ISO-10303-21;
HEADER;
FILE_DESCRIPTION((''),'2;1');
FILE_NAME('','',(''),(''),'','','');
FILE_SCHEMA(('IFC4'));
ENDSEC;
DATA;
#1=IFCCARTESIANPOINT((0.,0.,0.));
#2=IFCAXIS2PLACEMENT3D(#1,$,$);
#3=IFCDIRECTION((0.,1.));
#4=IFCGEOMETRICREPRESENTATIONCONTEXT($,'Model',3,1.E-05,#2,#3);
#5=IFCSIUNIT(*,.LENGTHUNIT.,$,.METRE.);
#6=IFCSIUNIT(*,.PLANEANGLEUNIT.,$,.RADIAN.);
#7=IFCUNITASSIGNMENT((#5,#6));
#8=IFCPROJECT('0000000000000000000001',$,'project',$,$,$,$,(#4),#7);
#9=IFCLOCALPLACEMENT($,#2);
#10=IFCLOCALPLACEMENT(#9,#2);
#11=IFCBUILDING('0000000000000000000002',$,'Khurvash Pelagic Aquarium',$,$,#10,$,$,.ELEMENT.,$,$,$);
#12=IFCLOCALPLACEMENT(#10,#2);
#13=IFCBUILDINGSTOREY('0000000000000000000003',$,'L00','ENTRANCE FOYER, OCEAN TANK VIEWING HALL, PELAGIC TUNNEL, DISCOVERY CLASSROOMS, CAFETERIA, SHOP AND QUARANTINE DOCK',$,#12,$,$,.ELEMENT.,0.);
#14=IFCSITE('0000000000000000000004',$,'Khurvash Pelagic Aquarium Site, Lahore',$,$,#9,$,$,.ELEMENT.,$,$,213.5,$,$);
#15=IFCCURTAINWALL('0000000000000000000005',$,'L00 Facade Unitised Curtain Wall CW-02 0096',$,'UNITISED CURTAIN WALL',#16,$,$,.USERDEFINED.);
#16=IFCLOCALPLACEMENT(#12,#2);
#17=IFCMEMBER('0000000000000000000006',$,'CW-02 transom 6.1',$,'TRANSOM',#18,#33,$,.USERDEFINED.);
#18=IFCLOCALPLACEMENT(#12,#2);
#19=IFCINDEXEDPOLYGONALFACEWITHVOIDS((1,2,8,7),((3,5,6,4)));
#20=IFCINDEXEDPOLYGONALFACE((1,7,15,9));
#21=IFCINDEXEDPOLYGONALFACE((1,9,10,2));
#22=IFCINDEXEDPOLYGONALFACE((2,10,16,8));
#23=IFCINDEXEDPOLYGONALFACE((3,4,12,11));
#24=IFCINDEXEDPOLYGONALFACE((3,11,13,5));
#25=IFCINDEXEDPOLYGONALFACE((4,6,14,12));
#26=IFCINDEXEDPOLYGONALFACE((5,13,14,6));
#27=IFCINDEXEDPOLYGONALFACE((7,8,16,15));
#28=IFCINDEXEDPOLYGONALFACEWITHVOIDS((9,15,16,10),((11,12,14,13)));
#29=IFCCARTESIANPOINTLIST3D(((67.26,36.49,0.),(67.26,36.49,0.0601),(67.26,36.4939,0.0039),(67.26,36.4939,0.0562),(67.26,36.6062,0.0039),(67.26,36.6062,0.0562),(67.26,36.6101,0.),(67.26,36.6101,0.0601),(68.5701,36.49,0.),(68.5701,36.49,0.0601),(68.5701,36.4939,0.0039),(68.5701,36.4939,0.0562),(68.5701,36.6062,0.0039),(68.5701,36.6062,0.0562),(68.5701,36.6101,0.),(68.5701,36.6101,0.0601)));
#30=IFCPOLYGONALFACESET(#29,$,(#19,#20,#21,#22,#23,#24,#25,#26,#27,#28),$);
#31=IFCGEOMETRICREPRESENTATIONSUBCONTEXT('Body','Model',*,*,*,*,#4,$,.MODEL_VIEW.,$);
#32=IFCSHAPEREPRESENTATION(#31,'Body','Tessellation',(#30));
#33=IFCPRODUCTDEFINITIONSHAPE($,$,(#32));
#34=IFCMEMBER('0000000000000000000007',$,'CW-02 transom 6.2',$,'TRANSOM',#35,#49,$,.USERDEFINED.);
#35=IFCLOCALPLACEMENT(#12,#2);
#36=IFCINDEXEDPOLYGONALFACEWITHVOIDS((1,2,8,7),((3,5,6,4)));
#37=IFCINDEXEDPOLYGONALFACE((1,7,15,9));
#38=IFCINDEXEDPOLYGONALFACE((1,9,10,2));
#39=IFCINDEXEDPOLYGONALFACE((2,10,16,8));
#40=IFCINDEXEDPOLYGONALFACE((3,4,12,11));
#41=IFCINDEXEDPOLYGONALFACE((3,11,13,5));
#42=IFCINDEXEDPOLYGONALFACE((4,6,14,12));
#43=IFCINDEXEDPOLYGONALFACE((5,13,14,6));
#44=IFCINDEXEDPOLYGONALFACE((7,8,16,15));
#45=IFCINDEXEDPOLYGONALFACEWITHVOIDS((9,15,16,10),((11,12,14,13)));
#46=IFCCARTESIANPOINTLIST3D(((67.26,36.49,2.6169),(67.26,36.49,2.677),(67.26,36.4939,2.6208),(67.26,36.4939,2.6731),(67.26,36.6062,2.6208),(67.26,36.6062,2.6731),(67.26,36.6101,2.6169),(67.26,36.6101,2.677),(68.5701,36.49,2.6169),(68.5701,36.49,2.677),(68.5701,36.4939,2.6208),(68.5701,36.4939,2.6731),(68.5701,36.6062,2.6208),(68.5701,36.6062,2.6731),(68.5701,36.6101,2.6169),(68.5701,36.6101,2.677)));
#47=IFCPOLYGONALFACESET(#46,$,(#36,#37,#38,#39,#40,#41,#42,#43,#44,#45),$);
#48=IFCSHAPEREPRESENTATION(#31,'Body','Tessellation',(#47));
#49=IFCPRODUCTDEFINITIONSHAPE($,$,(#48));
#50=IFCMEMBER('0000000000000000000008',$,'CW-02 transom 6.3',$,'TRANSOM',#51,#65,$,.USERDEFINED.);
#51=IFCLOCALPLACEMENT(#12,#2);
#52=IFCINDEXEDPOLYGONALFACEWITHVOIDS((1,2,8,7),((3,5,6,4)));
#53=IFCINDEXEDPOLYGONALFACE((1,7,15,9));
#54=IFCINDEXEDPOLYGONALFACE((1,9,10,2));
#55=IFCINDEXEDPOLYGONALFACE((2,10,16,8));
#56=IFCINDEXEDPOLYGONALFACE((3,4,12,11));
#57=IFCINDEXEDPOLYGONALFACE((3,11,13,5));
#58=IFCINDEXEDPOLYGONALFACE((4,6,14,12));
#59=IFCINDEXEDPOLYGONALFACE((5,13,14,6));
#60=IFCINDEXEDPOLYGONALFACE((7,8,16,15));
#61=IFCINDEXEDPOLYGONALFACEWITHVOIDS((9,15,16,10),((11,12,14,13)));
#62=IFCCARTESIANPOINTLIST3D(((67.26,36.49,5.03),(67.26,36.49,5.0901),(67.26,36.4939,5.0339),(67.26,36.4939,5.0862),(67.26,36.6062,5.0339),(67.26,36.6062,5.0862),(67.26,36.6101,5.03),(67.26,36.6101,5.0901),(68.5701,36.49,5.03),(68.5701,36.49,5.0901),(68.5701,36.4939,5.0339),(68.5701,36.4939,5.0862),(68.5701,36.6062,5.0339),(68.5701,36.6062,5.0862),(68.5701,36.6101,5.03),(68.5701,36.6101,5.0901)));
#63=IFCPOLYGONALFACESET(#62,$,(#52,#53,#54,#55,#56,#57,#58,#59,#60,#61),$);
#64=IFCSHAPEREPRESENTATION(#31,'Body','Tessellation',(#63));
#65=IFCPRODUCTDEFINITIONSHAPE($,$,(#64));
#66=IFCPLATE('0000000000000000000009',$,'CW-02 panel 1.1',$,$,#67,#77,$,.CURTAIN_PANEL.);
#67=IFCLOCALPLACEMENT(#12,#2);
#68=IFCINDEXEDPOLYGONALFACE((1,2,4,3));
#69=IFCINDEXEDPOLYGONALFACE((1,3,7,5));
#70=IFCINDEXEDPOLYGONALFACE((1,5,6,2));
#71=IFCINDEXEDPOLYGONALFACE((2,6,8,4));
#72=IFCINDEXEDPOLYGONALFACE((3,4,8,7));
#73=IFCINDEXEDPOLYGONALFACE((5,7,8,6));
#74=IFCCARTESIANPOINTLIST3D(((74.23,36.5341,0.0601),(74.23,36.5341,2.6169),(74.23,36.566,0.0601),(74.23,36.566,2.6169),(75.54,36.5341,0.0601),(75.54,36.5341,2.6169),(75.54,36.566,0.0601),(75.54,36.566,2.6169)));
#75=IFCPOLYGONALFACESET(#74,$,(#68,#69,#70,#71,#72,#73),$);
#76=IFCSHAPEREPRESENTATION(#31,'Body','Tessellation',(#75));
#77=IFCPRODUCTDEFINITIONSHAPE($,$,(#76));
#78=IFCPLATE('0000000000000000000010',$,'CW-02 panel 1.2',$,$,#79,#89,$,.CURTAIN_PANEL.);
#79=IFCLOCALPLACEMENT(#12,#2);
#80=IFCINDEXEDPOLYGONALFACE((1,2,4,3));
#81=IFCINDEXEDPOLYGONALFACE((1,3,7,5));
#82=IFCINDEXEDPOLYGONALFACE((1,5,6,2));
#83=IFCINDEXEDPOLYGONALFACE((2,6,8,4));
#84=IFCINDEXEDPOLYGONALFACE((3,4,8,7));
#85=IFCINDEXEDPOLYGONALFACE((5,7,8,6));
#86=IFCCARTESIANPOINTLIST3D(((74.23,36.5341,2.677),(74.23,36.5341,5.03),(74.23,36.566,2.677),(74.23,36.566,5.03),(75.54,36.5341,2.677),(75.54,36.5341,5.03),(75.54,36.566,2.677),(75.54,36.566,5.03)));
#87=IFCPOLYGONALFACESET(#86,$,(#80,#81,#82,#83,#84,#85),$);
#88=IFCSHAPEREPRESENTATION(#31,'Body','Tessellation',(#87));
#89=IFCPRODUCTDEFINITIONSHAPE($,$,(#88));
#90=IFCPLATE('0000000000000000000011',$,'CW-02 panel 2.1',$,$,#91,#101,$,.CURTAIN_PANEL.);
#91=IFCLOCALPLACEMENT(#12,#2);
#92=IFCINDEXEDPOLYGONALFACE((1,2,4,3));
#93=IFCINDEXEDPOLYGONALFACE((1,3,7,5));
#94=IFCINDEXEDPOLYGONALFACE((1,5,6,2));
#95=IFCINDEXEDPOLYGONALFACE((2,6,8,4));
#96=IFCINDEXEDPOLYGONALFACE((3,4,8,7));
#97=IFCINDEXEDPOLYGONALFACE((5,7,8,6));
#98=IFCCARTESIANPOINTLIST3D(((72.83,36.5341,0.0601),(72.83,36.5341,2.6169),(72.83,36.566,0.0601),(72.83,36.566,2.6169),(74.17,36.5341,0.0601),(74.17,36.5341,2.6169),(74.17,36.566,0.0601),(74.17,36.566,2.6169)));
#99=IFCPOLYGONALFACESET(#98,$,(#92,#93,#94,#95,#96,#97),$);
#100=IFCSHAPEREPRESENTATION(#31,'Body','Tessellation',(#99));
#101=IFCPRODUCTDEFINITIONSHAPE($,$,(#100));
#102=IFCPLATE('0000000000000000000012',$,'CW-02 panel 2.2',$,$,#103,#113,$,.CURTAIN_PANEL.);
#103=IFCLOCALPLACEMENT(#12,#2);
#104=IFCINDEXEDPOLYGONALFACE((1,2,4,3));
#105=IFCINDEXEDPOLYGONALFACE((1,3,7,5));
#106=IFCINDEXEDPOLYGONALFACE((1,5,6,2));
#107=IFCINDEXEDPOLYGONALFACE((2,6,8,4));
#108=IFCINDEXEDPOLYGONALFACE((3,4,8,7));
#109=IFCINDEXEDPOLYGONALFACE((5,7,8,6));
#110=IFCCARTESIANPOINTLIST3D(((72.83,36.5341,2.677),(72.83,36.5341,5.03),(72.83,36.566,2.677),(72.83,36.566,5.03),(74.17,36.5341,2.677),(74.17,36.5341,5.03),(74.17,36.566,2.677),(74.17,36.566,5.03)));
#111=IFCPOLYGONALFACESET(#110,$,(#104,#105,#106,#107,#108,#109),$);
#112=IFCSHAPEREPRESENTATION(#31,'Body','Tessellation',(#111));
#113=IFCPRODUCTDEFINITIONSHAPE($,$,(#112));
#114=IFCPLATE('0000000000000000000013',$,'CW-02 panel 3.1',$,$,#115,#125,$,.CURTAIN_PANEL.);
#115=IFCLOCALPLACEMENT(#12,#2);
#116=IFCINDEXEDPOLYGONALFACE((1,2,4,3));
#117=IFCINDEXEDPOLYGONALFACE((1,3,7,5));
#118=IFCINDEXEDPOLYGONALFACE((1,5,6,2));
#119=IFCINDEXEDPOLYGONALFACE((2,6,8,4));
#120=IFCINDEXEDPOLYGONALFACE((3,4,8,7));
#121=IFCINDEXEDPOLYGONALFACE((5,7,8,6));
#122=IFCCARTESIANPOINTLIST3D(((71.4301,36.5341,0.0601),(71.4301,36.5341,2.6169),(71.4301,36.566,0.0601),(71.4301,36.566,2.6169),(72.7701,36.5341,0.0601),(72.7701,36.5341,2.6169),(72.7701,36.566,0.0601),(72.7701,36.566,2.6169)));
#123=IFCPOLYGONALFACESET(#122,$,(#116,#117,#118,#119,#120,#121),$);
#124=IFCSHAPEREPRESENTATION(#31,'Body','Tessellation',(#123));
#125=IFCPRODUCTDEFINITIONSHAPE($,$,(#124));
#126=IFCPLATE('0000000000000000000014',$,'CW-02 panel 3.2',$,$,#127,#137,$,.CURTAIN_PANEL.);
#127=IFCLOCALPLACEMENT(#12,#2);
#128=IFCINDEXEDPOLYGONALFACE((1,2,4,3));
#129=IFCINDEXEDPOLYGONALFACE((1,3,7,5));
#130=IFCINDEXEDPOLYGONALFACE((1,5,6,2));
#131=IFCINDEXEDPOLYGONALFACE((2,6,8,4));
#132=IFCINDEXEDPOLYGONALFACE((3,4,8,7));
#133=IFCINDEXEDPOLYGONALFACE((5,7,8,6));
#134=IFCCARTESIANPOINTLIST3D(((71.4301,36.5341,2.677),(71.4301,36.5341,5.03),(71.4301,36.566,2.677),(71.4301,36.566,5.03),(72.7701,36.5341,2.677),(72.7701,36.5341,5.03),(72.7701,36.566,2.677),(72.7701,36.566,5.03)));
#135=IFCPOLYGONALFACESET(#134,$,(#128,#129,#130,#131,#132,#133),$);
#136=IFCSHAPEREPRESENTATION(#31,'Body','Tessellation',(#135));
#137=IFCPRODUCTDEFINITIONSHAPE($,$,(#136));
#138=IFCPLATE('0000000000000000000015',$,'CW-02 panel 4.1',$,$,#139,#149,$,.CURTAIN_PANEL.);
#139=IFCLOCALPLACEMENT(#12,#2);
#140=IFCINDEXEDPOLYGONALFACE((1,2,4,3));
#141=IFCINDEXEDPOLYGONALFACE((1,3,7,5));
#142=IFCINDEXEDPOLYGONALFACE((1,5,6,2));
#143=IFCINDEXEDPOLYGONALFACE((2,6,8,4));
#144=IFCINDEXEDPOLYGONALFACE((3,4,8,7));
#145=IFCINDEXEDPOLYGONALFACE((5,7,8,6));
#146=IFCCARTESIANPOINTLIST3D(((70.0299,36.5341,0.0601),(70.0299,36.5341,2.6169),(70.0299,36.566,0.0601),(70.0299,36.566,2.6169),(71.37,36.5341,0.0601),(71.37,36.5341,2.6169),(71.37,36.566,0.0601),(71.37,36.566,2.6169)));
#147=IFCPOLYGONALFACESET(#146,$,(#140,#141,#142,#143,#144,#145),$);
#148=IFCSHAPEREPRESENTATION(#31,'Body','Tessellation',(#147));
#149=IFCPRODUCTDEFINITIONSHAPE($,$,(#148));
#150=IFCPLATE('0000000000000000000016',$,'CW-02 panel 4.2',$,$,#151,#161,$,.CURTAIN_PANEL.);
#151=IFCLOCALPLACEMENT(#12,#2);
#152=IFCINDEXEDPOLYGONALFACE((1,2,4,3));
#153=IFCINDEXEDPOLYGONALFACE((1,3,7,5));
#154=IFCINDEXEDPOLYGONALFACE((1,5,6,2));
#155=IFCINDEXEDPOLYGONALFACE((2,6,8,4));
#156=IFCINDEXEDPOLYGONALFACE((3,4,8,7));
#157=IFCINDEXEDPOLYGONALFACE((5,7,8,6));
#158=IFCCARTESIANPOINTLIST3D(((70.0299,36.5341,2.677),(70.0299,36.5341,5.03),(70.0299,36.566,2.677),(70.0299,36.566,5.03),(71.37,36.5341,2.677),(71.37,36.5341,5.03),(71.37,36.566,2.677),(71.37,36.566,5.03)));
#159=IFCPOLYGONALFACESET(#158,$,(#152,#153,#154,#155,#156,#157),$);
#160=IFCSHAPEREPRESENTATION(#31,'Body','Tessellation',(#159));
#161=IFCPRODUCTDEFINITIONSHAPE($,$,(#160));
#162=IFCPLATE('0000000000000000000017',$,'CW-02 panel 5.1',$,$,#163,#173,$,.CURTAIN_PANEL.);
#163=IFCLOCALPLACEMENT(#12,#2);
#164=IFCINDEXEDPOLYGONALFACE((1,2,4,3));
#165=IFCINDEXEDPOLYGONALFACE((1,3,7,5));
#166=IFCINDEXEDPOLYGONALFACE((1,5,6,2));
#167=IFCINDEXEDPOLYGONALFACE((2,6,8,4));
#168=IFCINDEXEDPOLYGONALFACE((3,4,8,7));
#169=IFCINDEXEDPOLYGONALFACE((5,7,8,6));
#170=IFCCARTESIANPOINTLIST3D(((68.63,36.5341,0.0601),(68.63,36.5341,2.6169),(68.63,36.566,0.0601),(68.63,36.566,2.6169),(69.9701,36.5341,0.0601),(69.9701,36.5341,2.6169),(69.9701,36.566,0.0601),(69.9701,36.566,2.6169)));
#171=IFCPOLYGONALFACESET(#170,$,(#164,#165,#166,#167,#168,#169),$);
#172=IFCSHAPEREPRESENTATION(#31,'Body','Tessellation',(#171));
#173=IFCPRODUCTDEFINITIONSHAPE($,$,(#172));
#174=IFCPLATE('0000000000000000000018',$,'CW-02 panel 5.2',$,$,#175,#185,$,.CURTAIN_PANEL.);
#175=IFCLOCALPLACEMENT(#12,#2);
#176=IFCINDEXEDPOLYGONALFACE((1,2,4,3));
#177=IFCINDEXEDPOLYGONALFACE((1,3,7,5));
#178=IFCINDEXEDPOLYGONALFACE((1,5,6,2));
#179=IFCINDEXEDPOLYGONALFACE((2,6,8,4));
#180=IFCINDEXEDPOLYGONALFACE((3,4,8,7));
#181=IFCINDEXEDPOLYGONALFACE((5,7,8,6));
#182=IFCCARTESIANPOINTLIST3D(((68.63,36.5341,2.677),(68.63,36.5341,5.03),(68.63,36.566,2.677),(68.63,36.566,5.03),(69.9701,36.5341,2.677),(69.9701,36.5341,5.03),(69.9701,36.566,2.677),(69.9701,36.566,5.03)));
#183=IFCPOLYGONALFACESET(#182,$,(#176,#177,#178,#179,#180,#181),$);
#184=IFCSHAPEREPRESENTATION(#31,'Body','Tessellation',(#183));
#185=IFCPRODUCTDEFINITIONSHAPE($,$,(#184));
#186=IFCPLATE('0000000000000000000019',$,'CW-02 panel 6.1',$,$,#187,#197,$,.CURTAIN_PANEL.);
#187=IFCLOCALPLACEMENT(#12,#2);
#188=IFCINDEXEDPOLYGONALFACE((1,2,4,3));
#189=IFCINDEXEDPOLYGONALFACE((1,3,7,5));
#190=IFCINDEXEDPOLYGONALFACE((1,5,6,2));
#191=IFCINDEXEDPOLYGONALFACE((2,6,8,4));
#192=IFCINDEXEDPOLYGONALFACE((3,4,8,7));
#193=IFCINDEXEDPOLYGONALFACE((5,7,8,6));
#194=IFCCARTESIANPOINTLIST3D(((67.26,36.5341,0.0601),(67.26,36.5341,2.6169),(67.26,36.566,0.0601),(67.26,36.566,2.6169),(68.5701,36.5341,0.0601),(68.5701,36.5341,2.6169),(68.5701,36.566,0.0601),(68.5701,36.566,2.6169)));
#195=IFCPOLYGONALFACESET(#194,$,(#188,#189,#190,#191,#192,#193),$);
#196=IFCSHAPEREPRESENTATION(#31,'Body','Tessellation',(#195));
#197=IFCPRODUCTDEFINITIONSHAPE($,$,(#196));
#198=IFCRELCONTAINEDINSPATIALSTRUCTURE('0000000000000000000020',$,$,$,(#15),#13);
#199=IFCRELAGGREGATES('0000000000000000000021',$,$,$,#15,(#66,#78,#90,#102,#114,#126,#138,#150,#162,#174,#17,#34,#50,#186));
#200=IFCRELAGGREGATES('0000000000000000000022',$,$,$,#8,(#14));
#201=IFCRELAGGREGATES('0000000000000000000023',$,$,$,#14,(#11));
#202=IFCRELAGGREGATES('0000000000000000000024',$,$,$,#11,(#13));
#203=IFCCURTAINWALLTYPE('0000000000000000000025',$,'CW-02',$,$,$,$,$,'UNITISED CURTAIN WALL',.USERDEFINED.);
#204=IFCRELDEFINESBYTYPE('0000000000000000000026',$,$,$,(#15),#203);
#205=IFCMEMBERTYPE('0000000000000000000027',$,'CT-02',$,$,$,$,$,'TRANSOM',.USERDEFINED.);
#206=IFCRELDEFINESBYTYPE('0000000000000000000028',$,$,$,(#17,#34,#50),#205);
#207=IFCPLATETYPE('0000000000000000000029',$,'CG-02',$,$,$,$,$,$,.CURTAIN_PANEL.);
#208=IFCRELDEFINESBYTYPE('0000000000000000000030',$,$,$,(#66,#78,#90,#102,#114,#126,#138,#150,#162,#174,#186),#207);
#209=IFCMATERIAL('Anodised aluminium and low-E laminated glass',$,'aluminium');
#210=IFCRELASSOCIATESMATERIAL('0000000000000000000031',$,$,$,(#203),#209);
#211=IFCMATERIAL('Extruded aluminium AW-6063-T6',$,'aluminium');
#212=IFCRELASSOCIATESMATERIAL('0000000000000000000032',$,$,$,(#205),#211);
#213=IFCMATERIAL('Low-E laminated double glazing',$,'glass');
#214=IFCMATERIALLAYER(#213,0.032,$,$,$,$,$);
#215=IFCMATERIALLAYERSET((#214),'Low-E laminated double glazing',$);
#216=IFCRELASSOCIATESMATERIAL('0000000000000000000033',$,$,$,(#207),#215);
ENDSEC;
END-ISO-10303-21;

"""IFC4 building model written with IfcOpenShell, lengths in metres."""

from ifc_helpers import new_model, si_unit, direction, frame, origin, origin_2d, place, context, subcontext, project, spatial, rectangle, hollow_rectangle, extrude, material, layer, layer_set, material_profile, profile_set, type_object, element, aggregate, save


model = new_model("IFC4")

# Units and contexts
model_context = context("Model", 3, precision=1e-05, world=origin(), true_north=direction((0.0, 1.0)))
body_context = subcontext(model_context, "Body", "Model", "MODEL_VIEW")
ifc_project = project(units=[si_unit("LENGTHUNIT", "METRE"), si_unit("PLANEANGLEUNIT", "RADIAN")], contexts=[model_context])

# Site, building, storey
site_placement = place(None, origin())
site = spatial("IfcSite", under=ifc_project, at=site_placement, Name="Khurvash Pelagic Aquarium Site, Lahore", CompositionType="ELEMENT", RefElevation=213.5)
building_placement = place(site_placement, origin())
building = spatial("IfcBuilding", under=site, at=building_placement, Name="Khurvash Pelagic Aquarium", CompositionType="ELEMENT")
storey_placement = place(building_placement, origin())
storey = spatial("IfcBuildingStorey", under=building, at=storey_placement, Name="L00", Description="ENTRANCE FOYER, OCEAN TANK VIEWING HALL, PELAGIC TUNNEL, DISCOVERY CLASSROOMS, CAFETERIA, SHOP AND QUARANTINE DOCK", CompositionType="ELEMENT", Elevation=0.0)

# Curtain wall, members, plates
ifc_material_1 = material(Name="Anodised aluminium and low-E laminated glass", Category="aluminium")
curtain_wall_type = type_object("IfcCurtainWallType", Name="CW-02", ElementType="UNITISED CURTAIN WALL", PredefinedType="USERDEFINED", material=ifc_material_1)
curtain_wall_placement = place(storey_placement, origin())
curtain_wall = element("IfcCurtainWall", 1, at=curtain_wall_placement, inside=storey, type_object=curtain_wall_type, Name="L00 Facade Unitised Curtain Wall CW-02 0096", ObjectType="UNITISED CURTAIN WALL", PredefinedType="USERDEFINED")
ifc_material_2 = material(Name="Extruded aluminium AW-6063-T6", Category="aluminium")
ifc_material_profile_1 = material_profile(ifc_material_2, hollow_rectangle(XDim=0.1201, YDim=0.0601, WallThickness=0.0039, at=origin_2d()), Name="CWT120X60X4")
ifc_profile_set_1 = profile_set([ifc_material_profile_1], Name="Extruded aluminium AW-6063-T6")
member_type_1 = type_object("IfcMemberType", Name="CT-02", ElementType="TRANSOM", PredefinedType="USERDEFINED", material=ifc_profile_set_1)
member_1_placement = place(storey_placement, frame((68.5701, 36.55, 0.03), z_axis=(-1.0, 0.0, 0.0), x_axis=(0.0, -1.0, 0.0)))
member_1 = element("IfcMember", 2, at=member_1_placement, type_object=member_type_1, Name="CW-02 transom 6.1", ObjectType="TRANSOM", PredefinedType="USERDEFINED", context=body_context, shape_type="SweptSolid", body=[
    extrude(hollow_rectangle(XDim=0.1201, YDim=0.0601, WallThickness=0.0039, at=origin_2d()), origin(), (0.0, 0.0, 1.0), 1.3101),
])
member_2_placement = place(storey_placement, frame((68.5701, 36.55, 2.647), z_axis=(-1.0, 0.0, 0.0), x_axis=(0.0, -1.0, 0.0)))
member_2 = element("IfcMember", 3, at=member_2_placement, type_object=member_type_1, Name="CW-02 transom 6.2", ObjectType="TRANSOM", PredefinedType="USERDEFINED", context=body_context, shape_type="SweptSolid", body=[
    extrude(hollow_rectangle(XDim=0.1201, YDim=0.0601, WallThickness=0.0039, at=origin_2d()), origin(), (0.0, 0.0, 1.0), 1.3101),
])
member_3_placement = place(storey_placement, frame((68.5701, 36.55, 5.0601), z_axis=(-1.0, 0.0, 0.0), x_axis=(0.0, -1.0, 0.0)))
member_3 = element("IfcMember", 4, at=member_3_placement, type_object=member_type_1, Name="CW-02 transom 6.3", ObjectType="TRANSOM", PredefinedType="USERDEFINED", context=body_context, shape_type="SweptSolid", body=[
    extrude(hollow_rectangle(XDim=0.1201, YDim=0.0601, WallThickness=0.0039, at=origin_2d()), origin(), (0.0, 0.0, 1.0), 1.3101),
])
ifc_material_3 = material(Name="Low-E laminated double glazing", Category="glass")
ifc_layer = layer(ifc_material_3, 0.032)
ifc_layer_set = layer_set([ifc_layer], Name="Low-E laminated double glazing")
plate_type = type_object("IfcPlateType", Name="CG-02", PredefinedType="CURTAIN_PANEL", material=ifc_layer_set)
plate_1_placement = place(storey_placement, frame((74.885, 36.55, 0.0601), z_axis=(0.0, 0.0, 1.0), x_axis=(-1.0, 0.0, 0.0)))
plate_1 = element("IfcPlate", 5, at=plate_1_placement, type_object=plate_type, Name="CW-02 panel 1.1", PredefinedType="CURTAIN_PANEL", context=body_context, shape_type="SweptSolid", body=[
    extrude(rectangle(XDim=1.3101, YDim=0.032, at=origin_2d()), origin(), (0.0, 0.0, 1.0), 2.5569),
])
plate_2_placement = place(storey_placement, frame((74.885, 36.55, 2.677), z_axis=(0.0, 0.0, 1.0), x_axis=(-1.0, 0.0, 0.0)))
plate_2 = element("IfcPlate", 6, at=plate_2_placement, type_object=plate_type, Name="CW-02 panel 1.2", PredefinedType="CURTAIN_PANEL", context=body_context, shape_type="SweptSolid", body=[
    extrude(rectangle(XDim=1.3101, YDim=0.032, at=origin_2d()), origin(), (0.0, 0.0, 1.0), 2.353),
])
plate_3_placement = place(storey_placement, frame((73.5, 36.55, 0.0601), z_axis=(0.0, 0.0, 1.0), x_axis=(-1.0, 0.0, 0.0)))
plate_3 = element("IfcPlate", 7, at=plate_3_placement, type_object=plate_type, Name="CW-02 panel 2.1", PredefinedType="CURTAIN_PANEL", context=body_context, shape_type="SweptSolid", body=[
    extrude(rectangle(XDim=1.3401, YDim=0.032, at=origin_2d()), origin(), (0.0, 0.0, 1.0), 2.5569),
])
plate_4_placement = place(storey_placement, frame((73.5, 36.55, 2.677), z_axis=(0.0, 0.0, 1.0), x_axis=(-1.0, 0.0, 0.0)))
plate_4 = element("IfcPlate", 8, at=plate_4_placement, type_object=plate_type, Name="CW-02 panel 2.2", PredefinedType="CURTAIN_PANEL", context=body_context, shape_type="SweptSolid", body=[
    extrude(rectangle(XDim=1.3401, YDim=0.032, at=origin_2d()), origin(), (0.0, 0.0, 1.0), 2.353),
])
plate_5_placement = place(storey_placement, frame((72.1001, 36.55, 0.0601), z_axis=(0.0, 0.0, 1.0), x_axis=(-1.0, 0.0, 0.0)))
plate_5 = element("IfcPlate", 9, at=plate_5_placement, type_object=plate_type, Name="CW-02 panel 3.1", PredefinedType="CURTAIN_PANEL", context=body_context, shape_type="SweptSolid", body=[
    extrude(rectangle(XDim=1.3401, YDim=0.032, at=origin_2d()), origin(), (0.0, 0.0, 1.0), 2.5569),
])
plate_6_placement = place(storey_placement, frame((72.1001, 36.55, 2.677), z_axis=(0.0, 0.0, 1.0), x_axis=(-1.0, 0.0, 0.0)))
plate_6 = element("IfcPlate", 10, at=plate_6_placement, type_object=plate_type, Name="CW-02 panel 3.2", PredefinedType="CURTAIN_PANEL", context=body_context, shape_type="SweptSolid", body=[
    extrude(rectangle(XDim=1.3401, YDim=0.032, at=origin_2d()), origin(), (0.0, 0.0, 1.0), 2.353),
])
plate_7_placement = place(storey_placement, frame((70.7, 36.55, 0.0601), z_axis=(0.0, 0.0, 1.0), x_axis=(-1.0, 0.0, 0.0)))
plate_7 = element("IfcPlate", 11, at=plate_7_placement, type_object=plate_type, Name="CW-02 panel 4.1", PredefinedType="CURTAIN_PANEL", context=body_context, shape_type="SweptSolid", body=[
    extrude(rectangle(XDim=1.3401, YDim=0.032, at=origin_2d()), origin(), (0.0, 0.0, 1.0), 2.5569),
])
plate_8_placement = place(storey_placement, frame((70.7, 36.55, 2.677), z_axis=(0.0, 0.0, 1.0), x_axis=(-1.0, 0.0, 0.0)))
plate_8 = element("IfcPlate", 12, at=plate_8_placement, type_object=plate_type, Name="CW-02 panel 4.2", PredefinedType="CURTAIN_PANEL", context=body_context, shape_type="SweptSolid", body=[
    extrude(rectangle(XDim=1.3401, YDim=0.032, at=origin_2d()), origin(), (0.0, 0.0, 1.0), 2.353),
])
plate_9_placement = place(storey_placement, frame((69.3, 36.55, 0.0601), z_axis=(0.0, 0.0, 1.0), x_axis=(-1.0, 0.0, 0.0)))
plate_9 = element("IfcPlate", 13, at=plate_9_placement, type_object=plate_type, Name="CW-02 panel 5.1", PredefinedType="CURTAIN_PANEL", context=body_context, shape_type="SweptSolid", body=[
    extrude(rectangle(XDim=1.3401, YDim=0.032, at=origin_2d()), origin(), (0.0, 0.0, 1.0), 2.5569),
])
plate_10_placement = place(storey_placement, frame((69.3, 36.55, 2.677), z_axis=(0.0, 0.0, 1.0), x_axis=(-1.0, 0.0, 0.0)))
plate_10 = element("IfcPlate", 14, at=plate_10_placement, type_object=plate_type, Name="CW-02 panel 5.2", PredefinedType="CURTAIN_PANEL", context=body_context, shape_type="SweptSolid", body=[
    extrude(rectangle(XDim=1.3401, YDim=0.032, at=origin_2d()), origin(), (0.0, 0.0, 1.0), 2.353),
])
plate_11_placement = place(storey_placement, frame((67.915, 36.55, 0.0601), z_axis=(0.0, 0.0, 1.0), x_axis=(-1.0, 0.0, 0.0)))
plate_11 = element("IfcPlate", 15, at=plate_11_placement, type_object=plate_type, Name="CW-02 panel 6.1", PredefinedType="CURTAIN_PANEL", context=body_context, shape_type="SweptSolid", body=[
    extrude(rectangle(XDim=1.3101, YDim=0.032, at=origin_2d()), origin(), (0.0, 0.0, 1.0), 2.5569),
])
aggregate(curtain_wall, [plate_1, plate_2, plate_3, plate_4, plate_5, plate_6, plate_7, plate_8, plate_9, plate_10, member_1, member_2, member_3, plate_11])

save(model, "model.ifc")
